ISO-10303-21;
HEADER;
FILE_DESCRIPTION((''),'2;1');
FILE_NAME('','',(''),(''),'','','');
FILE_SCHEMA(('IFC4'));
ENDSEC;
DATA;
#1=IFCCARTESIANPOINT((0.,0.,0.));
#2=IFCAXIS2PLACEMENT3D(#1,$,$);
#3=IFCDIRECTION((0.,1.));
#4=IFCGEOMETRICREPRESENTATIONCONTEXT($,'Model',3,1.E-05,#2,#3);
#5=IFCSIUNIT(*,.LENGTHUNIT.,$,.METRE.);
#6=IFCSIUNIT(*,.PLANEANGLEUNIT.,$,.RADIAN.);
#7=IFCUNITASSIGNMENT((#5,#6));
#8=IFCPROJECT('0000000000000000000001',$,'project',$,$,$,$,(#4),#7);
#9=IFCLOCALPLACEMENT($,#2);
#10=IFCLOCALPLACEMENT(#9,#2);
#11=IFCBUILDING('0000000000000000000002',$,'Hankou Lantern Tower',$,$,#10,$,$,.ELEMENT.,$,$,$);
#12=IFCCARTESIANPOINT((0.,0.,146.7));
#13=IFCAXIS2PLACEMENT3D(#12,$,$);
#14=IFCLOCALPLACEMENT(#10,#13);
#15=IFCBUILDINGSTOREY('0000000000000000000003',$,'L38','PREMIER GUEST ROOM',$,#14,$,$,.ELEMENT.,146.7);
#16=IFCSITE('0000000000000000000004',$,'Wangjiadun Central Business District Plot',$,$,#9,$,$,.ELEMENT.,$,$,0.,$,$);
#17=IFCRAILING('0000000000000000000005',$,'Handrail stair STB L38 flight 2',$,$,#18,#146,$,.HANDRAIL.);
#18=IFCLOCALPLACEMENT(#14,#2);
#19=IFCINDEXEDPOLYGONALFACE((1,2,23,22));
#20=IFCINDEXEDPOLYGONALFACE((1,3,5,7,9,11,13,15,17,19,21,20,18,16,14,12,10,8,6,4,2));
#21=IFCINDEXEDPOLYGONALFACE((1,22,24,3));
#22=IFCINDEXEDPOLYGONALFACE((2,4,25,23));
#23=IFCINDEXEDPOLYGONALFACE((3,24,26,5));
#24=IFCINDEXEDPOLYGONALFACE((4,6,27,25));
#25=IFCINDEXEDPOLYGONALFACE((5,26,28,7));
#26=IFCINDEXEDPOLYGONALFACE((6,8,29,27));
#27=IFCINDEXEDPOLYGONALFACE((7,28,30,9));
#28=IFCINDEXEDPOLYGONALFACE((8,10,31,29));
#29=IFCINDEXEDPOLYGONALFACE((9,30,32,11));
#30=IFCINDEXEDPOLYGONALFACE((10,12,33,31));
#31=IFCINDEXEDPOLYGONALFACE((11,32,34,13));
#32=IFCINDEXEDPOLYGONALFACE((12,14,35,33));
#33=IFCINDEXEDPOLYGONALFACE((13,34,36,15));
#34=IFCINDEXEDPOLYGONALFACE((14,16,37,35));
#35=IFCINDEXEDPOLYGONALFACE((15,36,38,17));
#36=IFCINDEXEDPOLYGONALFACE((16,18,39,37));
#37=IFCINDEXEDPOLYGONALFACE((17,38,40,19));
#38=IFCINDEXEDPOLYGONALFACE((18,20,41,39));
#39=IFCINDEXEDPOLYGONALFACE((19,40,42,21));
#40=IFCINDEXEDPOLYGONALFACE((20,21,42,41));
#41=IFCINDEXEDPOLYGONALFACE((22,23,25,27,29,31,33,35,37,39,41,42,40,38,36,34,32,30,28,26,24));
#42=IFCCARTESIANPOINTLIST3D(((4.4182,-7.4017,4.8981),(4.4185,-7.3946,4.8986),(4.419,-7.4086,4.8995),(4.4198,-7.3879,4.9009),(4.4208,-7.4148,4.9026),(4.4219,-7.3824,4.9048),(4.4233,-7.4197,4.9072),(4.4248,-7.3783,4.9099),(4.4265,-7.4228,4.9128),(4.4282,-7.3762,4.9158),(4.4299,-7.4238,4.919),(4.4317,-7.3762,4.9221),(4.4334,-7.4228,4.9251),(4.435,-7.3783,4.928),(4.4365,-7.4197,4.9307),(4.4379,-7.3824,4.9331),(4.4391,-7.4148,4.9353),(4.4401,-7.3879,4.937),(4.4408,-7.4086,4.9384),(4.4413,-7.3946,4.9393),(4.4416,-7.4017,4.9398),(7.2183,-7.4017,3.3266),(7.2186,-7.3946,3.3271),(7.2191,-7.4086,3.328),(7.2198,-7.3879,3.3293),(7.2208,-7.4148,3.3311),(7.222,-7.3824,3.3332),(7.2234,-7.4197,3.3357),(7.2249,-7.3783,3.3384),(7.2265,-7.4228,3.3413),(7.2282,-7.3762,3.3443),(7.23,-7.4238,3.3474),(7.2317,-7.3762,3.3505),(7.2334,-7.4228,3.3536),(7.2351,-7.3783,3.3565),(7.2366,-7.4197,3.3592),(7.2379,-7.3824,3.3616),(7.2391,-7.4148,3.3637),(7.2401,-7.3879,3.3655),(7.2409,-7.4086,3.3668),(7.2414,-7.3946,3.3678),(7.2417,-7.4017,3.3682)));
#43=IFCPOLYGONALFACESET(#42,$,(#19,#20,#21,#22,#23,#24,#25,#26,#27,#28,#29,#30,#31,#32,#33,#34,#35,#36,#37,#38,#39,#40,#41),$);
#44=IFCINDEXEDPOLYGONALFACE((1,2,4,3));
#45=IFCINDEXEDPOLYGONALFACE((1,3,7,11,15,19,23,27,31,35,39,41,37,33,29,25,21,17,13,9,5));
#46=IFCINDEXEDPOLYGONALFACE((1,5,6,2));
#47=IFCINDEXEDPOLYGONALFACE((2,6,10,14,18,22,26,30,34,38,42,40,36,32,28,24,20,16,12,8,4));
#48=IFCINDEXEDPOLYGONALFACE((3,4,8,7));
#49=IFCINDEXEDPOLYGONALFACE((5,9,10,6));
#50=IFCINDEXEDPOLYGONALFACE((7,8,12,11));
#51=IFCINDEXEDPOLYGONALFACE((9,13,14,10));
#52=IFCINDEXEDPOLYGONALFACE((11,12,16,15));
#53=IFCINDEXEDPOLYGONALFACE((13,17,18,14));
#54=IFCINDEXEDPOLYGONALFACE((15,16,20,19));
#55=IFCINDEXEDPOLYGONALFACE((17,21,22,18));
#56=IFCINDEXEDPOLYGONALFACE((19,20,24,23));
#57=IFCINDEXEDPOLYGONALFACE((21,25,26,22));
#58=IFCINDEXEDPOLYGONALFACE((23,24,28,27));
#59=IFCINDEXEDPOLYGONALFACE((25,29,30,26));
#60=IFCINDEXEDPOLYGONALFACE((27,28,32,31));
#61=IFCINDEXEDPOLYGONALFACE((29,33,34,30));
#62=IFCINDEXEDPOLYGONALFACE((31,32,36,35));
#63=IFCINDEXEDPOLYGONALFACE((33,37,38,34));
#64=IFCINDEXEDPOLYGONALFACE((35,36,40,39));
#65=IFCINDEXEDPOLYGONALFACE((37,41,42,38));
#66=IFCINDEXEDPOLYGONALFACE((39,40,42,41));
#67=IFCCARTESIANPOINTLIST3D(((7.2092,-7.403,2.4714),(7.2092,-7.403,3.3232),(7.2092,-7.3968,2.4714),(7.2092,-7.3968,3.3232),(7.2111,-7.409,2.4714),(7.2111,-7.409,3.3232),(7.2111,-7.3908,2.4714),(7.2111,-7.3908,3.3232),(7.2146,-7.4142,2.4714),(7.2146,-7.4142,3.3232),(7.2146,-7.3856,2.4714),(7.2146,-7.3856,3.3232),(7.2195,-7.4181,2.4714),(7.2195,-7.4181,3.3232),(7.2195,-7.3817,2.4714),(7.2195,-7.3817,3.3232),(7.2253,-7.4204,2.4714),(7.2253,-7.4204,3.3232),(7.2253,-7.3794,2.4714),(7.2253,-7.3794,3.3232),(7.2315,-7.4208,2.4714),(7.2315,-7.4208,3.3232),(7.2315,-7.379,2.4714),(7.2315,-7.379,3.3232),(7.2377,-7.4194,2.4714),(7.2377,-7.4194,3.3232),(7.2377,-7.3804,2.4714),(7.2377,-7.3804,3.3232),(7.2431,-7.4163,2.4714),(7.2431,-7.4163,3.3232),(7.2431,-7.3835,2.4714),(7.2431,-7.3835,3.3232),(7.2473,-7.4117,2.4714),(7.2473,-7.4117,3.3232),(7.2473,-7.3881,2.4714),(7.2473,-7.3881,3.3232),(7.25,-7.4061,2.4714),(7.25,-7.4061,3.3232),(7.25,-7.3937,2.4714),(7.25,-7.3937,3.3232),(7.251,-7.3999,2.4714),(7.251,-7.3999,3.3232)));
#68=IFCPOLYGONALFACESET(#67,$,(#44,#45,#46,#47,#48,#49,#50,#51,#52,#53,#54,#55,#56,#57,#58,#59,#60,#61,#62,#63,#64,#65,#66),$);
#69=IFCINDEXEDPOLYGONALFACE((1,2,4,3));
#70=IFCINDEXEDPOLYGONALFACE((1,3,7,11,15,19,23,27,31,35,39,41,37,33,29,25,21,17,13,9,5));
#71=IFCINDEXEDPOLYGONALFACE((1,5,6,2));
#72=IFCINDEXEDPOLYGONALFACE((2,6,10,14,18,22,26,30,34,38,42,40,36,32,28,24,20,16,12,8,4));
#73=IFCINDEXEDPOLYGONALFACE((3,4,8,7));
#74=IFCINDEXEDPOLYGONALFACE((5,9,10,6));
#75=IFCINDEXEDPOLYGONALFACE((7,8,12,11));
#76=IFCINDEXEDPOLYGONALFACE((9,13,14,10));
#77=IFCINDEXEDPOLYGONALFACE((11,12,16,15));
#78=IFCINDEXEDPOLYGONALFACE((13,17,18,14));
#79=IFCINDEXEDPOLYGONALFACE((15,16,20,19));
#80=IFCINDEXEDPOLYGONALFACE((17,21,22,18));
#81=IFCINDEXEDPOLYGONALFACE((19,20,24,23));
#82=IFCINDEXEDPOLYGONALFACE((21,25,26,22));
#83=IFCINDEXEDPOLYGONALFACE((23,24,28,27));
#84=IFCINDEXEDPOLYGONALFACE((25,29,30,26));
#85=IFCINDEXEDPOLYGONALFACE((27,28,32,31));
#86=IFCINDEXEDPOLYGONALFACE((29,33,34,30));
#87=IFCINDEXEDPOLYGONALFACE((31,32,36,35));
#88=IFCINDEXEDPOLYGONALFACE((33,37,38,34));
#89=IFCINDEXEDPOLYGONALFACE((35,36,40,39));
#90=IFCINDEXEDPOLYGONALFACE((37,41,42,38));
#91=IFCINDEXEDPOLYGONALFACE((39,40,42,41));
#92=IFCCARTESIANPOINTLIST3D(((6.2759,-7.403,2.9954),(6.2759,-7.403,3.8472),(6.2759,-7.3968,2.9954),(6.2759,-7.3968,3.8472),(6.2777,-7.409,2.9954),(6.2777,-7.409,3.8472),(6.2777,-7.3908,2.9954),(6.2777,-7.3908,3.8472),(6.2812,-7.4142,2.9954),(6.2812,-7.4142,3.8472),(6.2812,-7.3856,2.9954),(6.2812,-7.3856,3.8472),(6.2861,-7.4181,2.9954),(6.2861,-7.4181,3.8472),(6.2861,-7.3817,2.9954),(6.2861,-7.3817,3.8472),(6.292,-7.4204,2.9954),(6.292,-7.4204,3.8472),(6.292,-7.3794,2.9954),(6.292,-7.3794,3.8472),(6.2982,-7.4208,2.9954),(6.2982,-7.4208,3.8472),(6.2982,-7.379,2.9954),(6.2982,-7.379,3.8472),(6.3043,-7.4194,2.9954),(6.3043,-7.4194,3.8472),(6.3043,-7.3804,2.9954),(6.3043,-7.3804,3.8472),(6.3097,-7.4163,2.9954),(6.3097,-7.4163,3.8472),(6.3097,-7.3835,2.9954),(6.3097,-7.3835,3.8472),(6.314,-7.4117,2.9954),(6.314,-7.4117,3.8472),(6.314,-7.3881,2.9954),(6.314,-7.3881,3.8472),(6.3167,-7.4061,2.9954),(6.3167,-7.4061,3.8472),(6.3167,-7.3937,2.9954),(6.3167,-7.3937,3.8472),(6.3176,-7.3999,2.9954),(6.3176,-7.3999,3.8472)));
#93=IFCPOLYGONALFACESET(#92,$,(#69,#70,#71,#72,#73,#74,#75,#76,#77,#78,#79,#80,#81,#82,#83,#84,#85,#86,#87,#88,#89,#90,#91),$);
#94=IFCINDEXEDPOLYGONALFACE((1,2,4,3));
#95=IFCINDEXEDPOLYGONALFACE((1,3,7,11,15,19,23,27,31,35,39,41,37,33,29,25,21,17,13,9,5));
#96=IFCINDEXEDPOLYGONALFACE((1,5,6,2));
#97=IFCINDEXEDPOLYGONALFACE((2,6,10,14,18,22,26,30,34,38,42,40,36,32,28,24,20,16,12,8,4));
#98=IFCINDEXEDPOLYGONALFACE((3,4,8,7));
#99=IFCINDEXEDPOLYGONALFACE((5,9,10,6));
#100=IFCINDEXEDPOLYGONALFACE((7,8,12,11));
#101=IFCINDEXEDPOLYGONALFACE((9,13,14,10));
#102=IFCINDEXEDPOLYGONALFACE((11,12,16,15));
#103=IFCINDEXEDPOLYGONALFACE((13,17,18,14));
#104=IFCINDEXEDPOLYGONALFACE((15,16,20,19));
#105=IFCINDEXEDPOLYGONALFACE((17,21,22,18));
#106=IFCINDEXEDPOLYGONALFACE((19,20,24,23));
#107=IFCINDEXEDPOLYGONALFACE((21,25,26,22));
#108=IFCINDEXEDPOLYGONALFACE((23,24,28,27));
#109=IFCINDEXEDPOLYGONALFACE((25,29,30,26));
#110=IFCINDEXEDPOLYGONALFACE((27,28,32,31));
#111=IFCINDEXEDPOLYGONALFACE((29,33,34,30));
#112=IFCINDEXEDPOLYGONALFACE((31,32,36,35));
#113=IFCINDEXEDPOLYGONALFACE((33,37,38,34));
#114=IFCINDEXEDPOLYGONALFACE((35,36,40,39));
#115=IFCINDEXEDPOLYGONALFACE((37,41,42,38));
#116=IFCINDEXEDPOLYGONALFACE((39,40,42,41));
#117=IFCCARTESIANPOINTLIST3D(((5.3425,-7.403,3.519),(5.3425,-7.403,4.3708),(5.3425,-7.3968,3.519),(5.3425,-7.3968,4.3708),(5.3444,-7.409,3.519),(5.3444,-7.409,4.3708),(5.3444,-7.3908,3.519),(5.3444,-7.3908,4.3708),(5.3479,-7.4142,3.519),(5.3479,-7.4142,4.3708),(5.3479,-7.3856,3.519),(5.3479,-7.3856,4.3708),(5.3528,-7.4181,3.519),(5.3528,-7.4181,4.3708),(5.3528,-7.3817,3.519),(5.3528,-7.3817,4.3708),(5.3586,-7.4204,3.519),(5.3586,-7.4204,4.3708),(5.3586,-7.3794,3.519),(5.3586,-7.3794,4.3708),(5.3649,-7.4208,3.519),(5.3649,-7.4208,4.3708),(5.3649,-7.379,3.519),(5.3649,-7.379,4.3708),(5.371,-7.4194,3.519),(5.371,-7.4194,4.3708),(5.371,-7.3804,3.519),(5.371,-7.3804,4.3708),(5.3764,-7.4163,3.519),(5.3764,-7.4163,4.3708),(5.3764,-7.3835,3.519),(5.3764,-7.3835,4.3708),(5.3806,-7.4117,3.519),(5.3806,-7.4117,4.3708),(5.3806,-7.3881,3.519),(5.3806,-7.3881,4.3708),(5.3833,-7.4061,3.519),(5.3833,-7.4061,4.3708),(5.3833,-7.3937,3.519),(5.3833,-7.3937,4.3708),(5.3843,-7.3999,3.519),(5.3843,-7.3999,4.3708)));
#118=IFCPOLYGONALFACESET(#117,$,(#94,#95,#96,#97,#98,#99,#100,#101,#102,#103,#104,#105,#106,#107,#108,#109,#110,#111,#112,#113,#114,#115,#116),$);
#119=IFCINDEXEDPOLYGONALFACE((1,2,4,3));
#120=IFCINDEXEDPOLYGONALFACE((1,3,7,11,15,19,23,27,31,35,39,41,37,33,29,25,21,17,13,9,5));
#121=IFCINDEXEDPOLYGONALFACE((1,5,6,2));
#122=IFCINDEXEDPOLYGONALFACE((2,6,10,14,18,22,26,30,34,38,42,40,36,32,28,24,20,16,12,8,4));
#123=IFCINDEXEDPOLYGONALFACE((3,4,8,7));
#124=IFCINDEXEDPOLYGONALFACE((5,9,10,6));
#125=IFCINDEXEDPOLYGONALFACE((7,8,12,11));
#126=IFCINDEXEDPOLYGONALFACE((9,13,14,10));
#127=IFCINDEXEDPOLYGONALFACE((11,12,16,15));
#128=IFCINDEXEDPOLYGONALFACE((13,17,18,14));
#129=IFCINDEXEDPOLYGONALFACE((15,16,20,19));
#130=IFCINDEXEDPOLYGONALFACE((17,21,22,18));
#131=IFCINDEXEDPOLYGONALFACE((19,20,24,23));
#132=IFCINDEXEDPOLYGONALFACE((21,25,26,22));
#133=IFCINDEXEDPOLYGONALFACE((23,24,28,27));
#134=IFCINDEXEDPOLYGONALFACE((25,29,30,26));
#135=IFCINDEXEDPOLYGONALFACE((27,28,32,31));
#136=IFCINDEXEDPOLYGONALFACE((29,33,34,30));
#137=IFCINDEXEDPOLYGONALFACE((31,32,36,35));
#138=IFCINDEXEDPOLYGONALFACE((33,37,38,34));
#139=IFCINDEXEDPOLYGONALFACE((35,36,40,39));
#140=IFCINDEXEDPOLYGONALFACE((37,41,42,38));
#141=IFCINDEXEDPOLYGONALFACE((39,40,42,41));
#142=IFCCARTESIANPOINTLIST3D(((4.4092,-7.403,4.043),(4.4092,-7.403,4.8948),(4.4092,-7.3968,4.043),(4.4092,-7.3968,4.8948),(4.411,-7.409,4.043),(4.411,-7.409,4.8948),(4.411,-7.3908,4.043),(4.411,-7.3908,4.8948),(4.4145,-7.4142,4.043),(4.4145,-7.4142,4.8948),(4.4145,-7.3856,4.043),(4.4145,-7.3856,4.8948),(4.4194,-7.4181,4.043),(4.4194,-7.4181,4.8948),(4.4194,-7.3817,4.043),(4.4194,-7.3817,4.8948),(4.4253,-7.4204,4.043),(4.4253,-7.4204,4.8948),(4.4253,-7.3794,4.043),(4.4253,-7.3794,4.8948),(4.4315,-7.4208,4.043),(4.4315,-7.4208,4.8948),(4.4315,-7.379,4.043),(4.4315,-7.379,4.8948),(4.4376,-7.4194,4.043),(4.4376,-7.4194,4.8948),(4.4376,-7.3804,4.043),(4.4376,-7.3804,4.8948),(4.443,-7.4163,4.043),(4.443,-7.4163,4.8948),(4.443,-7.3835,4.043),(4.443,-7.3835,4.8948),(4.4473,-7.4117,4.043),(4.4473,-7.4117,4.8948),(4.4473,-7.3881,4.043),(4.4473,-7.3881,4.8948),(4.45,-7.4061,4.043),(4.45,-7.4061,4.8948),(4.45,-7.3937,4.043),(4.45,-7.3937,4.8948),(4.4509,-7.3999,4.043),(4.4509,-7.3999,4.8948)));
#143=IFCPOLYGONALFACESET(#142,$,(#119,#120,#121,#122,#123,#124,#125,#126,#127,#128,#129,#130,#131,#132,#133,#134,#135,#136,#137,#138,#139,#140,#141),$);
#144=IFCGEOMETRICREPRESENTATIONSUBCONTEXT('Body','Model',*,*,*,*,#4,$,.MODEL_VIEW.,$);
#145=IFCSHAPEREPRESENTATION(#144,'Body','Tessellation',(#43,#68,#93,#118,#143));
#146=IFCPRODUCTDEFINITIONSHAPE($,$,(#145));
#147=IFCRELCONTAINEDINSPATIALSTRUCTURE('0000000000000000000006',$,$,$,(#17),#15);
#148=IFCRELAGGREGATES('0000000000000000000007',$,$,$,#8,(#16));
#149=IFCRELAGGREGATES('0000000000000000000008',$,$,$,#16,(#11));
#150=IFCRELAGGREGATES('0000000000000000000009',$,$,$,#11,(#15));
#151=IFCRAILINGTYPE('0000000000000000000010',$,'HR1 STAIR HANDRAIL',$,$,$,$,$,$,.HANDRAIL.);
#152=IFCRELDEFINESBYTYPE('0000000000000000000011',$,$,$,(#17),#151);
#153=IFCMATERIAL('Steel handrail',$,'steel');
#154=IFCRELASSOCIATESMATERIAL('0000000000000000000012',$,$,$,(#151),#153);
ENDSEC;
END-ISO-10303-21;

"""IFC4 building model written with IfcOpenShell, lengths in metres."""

from ifc_helpers import new_model, si_unit, direction, frame, origin, origin_2d, place, context, subcontext, project, spatial, circle, extrude, material, type_object, element, save


model = new_model("IFC4")

# Units and contexts
model_context = context("Model", 3, precision=1e-05, world=origin(), true_north=direction((0.0, 1.0)))
body_context = subcontext(model_context, "Body", "Model", "MODEL_VIEW")
ifc_project = project(units=[si_unit("LENGTHUNIT", "METRE"), si_unit("PLANEANGLEUNIT", "RADIAN")], contexts=[model_context])

# Site, building, storey
site_placement = place(None, origin())
site = spatial("IfcSite", under=ifc_project, at=site_placement, Name="Wangjiadun Central Business District Plot", CompositionType="ELEMENT", RefElevation=0.0)
building_placement = place(site_placement, origin())
building = spatial("IfcBuilding", under=site, at=building_placement, Name="Hankou Lantern Tower", CompositionType="ELEMENT")
storey_placement = place(building_placement, frame((0.0, 0.0, 146.7)))
storey = spatial("IfcBuildingStorey", under=building, at=storey_placement, Name="L38", Description="PREMIER GUEST ROOM", CompositionType="ELEMENT", Elevation=146.7)

# Railing
ifc_material_1 = material(Name="Steel handrail", Category="steel")
railing_type = type_object("IfcRailingType", Name="HR1 STAIR HANDRAIL", PredefinedType="HANDRAIL", material=ifc_material_1)
railing_1_placement = place(storey_placement, frame((7.23, -7.3999, 2.4714)))
element("IfcRailing", 1, at=railing_1_placement, inside=storey, type_object=railing_type, Name="Handrail stair STB L38 flight 2", PredefinedType="HANDRAIL", context=body_context, shape_type="SweptSolid", body=[
    extrude(circle(Radius=0.0239, at=origin_2d()), frame((0.0, 0.0, 0.876), z_axis=(-0.87204, 0.0, 0.489434), x_axis=(0.0, -1.0, 0.0)), (0.0, 0.0, 1.0), 3.2109),
    extrude(circle(Radius=0.021, at=origin_2d()), origin(), (0.0, 0.0, 1.0), 0.8518),
    extrude(circle(Radius=0.021, at=origin_2d()), frame((-0.9333, 0.0, 0.5239)), (0.0, 0.0, 1.0), 0.8518),
    extrude(circle(Radius=0.021, at=origin_2d()), frame((-1.8667, 0.0, 1.0476)), (0.0, 0.0, 1.0), 0.8518),
    extrude(circle(Radius=0.021, at=origin_2d()), frame((-2.8, 0.0, 1.5715)), (0.0, 0.0, 1.0), 0.8518),
])

save(model, "model.ifc")
